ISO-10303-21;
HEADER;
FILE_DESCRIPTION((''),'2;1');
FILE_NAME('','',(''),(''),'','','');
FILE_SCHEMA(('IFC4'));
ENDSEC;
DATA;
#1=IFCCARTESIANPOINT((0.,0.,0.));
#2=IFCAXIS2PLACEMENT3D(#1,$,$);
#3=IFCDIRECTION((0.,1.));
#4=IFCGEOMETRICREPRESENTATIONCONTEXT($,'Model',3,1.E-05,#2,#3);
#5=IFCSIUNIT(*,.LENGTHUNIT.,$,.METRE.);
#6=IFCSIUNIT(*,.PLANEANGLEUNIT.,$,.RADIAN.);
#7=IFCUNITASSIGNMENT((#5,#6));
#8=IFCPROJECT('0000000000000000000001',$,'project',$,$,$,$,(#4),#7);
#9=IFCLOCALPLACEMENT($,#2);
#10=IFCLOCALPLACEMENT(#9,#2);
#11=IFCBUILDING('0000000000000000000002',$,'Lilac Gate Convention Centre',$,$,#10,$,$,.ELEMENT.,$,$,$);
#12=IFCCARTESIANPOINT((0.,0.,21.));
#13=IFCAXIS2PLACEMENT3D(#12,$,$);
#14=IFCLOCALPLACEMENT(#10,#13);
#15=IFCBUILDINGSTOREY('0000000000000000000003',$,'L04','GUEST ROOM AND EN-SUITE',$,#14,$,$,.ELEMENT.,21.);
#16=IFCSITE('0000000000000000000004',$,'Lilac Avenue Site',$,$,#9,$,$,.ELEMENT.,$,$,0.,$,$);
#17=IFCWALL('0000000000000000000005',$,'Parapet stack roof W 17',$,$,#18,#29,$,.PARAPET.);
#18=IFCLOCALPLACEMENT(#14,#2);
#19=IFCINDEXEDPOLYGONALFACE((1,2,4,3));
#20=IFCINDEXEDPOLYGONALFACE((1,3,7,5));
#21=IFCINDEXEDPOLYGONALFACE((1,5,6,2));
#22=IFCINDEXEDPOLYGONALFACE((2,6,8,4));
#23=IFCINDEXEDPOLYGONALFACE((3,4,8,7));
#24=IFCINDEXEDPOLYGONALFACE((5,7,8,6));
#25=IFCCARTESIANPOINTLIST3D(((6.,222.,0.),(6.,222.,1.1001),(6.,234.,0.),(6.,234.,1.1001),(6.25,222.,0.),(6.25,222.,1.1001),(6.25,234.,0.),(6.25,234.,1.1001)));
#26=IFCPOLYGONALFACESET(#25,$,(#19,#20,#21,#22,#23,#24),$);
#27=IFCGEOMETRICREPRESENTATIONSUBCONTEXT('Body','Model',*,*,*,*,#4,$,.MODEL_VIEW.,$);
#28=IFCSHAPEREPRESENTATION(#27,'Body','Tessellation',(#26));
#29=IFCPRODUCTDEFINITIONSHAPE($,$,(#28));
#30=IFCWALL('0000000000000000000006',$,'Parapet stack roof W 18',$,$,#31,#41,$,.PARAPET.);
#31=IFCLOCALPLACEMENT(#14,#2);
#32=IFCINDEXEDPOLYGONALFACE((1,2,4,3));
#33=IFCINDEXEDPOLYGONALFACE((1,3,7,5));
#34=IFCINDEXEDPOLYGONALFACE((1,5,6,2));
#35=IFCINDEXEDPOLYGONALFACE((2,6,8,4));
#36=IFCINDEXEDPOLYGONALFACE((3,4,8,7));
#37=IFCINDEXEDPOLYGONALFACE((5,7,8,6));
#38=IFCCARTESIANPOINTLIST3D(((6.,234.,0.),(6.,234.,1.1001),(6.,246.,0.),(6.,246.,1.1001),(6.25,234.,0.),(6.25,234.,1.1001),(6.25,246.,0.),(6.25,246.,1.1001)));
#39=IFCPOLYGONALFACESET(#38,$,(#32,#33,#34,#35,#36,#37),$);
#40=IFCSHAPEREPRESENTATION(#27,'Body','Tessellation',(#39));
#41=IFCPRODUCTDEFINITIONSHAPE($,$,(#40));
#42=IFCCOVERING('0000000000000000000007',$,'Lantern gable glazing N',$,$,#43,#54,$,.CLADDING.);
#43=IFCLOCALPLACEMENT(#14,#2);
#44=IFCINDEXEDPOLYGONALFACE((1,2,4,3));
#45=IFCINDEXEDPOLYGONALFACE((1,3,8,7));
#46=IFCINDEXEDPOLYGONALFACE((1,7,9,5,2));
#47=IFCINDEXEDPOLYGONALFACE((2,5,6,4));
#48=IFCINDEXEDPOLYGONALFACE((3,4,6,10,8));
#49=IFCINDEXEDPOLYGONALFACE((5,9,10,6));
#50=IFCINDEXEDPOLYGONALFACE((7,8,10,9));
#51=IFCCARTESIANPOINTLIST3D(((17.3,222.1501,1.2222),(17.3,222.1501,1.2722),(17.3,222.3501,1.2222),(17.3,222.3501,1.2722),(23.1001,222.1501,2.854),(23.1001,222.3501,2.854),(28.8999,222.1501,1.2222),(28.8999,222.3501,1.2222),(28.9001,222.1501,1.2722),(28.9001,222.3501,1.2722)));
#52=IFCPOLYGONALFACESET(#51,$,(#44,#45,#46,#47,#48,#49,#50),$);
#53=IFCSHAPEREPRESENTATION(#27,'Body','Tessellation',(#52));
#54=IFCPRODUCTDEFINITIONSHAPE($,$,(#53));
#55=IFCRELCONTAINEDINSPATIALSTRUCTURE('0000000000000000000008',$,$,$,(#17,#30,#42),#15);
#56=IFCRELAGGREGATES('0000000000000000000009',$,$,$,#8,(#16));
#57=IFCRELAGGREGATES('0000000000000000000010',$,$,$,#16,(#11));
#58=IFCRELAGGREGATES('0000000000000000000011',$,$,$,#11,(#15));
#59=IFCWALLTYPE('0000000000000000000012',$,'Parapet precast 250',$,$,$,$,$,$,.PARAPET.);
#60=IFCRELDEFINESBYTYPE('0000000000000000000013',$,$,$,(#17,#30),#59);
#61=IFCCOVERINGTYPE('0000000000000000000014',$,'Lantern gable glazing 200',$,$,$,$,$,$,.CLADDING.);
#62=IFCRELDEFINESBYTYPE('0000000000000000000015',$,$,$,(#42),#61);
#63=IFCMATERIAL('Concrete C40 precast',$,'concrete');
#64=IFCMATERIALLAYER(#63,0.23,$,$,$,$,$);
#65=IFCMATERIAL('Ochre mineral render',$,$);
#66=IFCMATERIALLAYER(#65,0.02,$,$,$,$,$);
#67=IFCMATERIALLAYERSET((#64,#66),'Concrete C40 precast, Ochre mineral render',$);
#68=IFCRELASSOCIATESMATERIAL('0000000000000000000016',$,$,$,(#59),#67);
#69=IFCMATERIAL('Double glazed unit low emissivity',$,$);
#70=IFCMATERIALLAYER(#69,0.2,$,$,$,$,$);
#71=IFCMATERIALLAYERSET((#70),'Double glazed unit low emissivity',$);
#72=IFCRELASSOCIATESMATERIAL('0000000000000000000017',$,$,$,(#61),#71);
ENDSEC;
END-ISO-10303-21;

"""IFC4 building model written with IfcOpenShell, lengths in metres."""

from ifc_helpers import new_model, si_unit, direction, frame, frame_2d, origin, place, context, subcontext, project, spatial, polyline, rectangle, outline, extrude, material, layer, layer_set, type_object, element, save


model = new_model("IFC4")

# Units and contexts
model_context = context("Model", 3, precision=1e-05, world=origin(), true_north=direction((0.0, 1.0)))
body_context = subcontext(model_context, "Body", "Model", "MODEL_VIEW")
ifc_project = project(units=[si_unit("LENGTHUNIT", "METRE"), si_unit("PLANEANGLEUNIT", "RADIAN")], contexts=[model_context])

# Site, building, storey
site_placement = place(None, origin())
site = spatial("IfcSite", under=ifc_project, at=site_placement, Name="Lilac Avenue Site", CompositionType="ELEMENT", RefElevation=0.0)
building_placement = place(site_placement, origin())
building = spatial("IfcBuilding", under=site, at=building_placement, Name="Lilac Gate Convention Centre", CompositionType="ELEMENT")
storey_placement = place(building_placement, frame((0.0, 0.0, 21.0)))
storey = spatial("IfcBuildingStorey", under=building, at=storey_placement, Name="L04", Description="GUEST ROOM AND EN-SUITE", CompositionType="ELEMENT", Elevation=21.0)

# Shared definitions
ifc_material_1 = material(Name="Double glazed unit low emissivity")

# Walls
ifc_material_2 = material(Name="Concrete C40 precast", Category="concrete")
ifc_layer_1 = layer(ifc_material_2, 0.23)
ifc_material_3 = material(Name="Ochre mineral render")
ifc_layer_2 = layer(ifc_material_3, 0.02)
ifc_layer_set_1 = layer_set([ifc_layer_1, ifc_layer_2], Name="Concrete C40 precast, Ochre mineral render")
wall_type = type_object("IfcWallType", Name="Parapet precast 250", PredefinedType="PARAPET", material=ifc_layer_set_1)
for number, where, z_axis, x_axis, name in (
    (1, (6.125, 222.0, 0.0), (0.0, 0.0, 1.0), (0.0, 1.0, 0.0), "Parapet stack roof W 17"),
    (2, (6.125, 234.0, 0.0), (0.0, 0.0, 1.0), (0.0, 1.0, 0.0), "Parapet stack roof W 18"),
):
    element("IfcWall", number, at=place(storey_placement, frame(where, z_axis=z_axis, x_axis=x_axis)), inside=storey, type_object=wall_type, Name=name, PredefinedType="PARAPET", context=body_context, shape_type="SweptSolid", body=[
        extrude(rectangle(XDim=12.0, YDim=0.25, at=frame_2d((6.0, 0.0))), origin(), (0.0, 0.0, 1.0), 1.1001),
    ])

# Covering
ifc_layer_3 = layer(ifc_material_1, 0.2)
ifc_layer_set_2 = layer_set([ifc_layer_3], Name="Double glazed unit low emissivity")
covering_type = type_object("IfcCoveringType", Name="Lantern gable glazing 200", PredefinedType="CLADDING", material=ifc_layer_set_2)
covering_placement = place(storey_placement, frame((17.3, 222.25, 1.2222), z_axis=(0.0, 0.0, 1.0), x_axis=(1.0, 0.0, 0.0)))
element("IfcCovering", 3, at=covering_placement, inside=storey, type_object=covering_type, Name="Lantern gable glazing N", PredefinedType="CLADDING", context=body_context, shape_type="SweptSolid", body=[
    extrude(outline(polyline([(0.0, 0.0), (11.5999, 0.0), (11.6001, 0.05), (5.8, 1.6318), (0.0, 0.05), (0.0, 0.0)])), frame((0.0, 0.1001, 0.0), z_axis=(0.0, -1.0, 0.0), x_axis=(1.0, 0.0, 0.0)), (0.0, 0.0, 1.0), 0.2),
])

save(model, "model.ifc")
